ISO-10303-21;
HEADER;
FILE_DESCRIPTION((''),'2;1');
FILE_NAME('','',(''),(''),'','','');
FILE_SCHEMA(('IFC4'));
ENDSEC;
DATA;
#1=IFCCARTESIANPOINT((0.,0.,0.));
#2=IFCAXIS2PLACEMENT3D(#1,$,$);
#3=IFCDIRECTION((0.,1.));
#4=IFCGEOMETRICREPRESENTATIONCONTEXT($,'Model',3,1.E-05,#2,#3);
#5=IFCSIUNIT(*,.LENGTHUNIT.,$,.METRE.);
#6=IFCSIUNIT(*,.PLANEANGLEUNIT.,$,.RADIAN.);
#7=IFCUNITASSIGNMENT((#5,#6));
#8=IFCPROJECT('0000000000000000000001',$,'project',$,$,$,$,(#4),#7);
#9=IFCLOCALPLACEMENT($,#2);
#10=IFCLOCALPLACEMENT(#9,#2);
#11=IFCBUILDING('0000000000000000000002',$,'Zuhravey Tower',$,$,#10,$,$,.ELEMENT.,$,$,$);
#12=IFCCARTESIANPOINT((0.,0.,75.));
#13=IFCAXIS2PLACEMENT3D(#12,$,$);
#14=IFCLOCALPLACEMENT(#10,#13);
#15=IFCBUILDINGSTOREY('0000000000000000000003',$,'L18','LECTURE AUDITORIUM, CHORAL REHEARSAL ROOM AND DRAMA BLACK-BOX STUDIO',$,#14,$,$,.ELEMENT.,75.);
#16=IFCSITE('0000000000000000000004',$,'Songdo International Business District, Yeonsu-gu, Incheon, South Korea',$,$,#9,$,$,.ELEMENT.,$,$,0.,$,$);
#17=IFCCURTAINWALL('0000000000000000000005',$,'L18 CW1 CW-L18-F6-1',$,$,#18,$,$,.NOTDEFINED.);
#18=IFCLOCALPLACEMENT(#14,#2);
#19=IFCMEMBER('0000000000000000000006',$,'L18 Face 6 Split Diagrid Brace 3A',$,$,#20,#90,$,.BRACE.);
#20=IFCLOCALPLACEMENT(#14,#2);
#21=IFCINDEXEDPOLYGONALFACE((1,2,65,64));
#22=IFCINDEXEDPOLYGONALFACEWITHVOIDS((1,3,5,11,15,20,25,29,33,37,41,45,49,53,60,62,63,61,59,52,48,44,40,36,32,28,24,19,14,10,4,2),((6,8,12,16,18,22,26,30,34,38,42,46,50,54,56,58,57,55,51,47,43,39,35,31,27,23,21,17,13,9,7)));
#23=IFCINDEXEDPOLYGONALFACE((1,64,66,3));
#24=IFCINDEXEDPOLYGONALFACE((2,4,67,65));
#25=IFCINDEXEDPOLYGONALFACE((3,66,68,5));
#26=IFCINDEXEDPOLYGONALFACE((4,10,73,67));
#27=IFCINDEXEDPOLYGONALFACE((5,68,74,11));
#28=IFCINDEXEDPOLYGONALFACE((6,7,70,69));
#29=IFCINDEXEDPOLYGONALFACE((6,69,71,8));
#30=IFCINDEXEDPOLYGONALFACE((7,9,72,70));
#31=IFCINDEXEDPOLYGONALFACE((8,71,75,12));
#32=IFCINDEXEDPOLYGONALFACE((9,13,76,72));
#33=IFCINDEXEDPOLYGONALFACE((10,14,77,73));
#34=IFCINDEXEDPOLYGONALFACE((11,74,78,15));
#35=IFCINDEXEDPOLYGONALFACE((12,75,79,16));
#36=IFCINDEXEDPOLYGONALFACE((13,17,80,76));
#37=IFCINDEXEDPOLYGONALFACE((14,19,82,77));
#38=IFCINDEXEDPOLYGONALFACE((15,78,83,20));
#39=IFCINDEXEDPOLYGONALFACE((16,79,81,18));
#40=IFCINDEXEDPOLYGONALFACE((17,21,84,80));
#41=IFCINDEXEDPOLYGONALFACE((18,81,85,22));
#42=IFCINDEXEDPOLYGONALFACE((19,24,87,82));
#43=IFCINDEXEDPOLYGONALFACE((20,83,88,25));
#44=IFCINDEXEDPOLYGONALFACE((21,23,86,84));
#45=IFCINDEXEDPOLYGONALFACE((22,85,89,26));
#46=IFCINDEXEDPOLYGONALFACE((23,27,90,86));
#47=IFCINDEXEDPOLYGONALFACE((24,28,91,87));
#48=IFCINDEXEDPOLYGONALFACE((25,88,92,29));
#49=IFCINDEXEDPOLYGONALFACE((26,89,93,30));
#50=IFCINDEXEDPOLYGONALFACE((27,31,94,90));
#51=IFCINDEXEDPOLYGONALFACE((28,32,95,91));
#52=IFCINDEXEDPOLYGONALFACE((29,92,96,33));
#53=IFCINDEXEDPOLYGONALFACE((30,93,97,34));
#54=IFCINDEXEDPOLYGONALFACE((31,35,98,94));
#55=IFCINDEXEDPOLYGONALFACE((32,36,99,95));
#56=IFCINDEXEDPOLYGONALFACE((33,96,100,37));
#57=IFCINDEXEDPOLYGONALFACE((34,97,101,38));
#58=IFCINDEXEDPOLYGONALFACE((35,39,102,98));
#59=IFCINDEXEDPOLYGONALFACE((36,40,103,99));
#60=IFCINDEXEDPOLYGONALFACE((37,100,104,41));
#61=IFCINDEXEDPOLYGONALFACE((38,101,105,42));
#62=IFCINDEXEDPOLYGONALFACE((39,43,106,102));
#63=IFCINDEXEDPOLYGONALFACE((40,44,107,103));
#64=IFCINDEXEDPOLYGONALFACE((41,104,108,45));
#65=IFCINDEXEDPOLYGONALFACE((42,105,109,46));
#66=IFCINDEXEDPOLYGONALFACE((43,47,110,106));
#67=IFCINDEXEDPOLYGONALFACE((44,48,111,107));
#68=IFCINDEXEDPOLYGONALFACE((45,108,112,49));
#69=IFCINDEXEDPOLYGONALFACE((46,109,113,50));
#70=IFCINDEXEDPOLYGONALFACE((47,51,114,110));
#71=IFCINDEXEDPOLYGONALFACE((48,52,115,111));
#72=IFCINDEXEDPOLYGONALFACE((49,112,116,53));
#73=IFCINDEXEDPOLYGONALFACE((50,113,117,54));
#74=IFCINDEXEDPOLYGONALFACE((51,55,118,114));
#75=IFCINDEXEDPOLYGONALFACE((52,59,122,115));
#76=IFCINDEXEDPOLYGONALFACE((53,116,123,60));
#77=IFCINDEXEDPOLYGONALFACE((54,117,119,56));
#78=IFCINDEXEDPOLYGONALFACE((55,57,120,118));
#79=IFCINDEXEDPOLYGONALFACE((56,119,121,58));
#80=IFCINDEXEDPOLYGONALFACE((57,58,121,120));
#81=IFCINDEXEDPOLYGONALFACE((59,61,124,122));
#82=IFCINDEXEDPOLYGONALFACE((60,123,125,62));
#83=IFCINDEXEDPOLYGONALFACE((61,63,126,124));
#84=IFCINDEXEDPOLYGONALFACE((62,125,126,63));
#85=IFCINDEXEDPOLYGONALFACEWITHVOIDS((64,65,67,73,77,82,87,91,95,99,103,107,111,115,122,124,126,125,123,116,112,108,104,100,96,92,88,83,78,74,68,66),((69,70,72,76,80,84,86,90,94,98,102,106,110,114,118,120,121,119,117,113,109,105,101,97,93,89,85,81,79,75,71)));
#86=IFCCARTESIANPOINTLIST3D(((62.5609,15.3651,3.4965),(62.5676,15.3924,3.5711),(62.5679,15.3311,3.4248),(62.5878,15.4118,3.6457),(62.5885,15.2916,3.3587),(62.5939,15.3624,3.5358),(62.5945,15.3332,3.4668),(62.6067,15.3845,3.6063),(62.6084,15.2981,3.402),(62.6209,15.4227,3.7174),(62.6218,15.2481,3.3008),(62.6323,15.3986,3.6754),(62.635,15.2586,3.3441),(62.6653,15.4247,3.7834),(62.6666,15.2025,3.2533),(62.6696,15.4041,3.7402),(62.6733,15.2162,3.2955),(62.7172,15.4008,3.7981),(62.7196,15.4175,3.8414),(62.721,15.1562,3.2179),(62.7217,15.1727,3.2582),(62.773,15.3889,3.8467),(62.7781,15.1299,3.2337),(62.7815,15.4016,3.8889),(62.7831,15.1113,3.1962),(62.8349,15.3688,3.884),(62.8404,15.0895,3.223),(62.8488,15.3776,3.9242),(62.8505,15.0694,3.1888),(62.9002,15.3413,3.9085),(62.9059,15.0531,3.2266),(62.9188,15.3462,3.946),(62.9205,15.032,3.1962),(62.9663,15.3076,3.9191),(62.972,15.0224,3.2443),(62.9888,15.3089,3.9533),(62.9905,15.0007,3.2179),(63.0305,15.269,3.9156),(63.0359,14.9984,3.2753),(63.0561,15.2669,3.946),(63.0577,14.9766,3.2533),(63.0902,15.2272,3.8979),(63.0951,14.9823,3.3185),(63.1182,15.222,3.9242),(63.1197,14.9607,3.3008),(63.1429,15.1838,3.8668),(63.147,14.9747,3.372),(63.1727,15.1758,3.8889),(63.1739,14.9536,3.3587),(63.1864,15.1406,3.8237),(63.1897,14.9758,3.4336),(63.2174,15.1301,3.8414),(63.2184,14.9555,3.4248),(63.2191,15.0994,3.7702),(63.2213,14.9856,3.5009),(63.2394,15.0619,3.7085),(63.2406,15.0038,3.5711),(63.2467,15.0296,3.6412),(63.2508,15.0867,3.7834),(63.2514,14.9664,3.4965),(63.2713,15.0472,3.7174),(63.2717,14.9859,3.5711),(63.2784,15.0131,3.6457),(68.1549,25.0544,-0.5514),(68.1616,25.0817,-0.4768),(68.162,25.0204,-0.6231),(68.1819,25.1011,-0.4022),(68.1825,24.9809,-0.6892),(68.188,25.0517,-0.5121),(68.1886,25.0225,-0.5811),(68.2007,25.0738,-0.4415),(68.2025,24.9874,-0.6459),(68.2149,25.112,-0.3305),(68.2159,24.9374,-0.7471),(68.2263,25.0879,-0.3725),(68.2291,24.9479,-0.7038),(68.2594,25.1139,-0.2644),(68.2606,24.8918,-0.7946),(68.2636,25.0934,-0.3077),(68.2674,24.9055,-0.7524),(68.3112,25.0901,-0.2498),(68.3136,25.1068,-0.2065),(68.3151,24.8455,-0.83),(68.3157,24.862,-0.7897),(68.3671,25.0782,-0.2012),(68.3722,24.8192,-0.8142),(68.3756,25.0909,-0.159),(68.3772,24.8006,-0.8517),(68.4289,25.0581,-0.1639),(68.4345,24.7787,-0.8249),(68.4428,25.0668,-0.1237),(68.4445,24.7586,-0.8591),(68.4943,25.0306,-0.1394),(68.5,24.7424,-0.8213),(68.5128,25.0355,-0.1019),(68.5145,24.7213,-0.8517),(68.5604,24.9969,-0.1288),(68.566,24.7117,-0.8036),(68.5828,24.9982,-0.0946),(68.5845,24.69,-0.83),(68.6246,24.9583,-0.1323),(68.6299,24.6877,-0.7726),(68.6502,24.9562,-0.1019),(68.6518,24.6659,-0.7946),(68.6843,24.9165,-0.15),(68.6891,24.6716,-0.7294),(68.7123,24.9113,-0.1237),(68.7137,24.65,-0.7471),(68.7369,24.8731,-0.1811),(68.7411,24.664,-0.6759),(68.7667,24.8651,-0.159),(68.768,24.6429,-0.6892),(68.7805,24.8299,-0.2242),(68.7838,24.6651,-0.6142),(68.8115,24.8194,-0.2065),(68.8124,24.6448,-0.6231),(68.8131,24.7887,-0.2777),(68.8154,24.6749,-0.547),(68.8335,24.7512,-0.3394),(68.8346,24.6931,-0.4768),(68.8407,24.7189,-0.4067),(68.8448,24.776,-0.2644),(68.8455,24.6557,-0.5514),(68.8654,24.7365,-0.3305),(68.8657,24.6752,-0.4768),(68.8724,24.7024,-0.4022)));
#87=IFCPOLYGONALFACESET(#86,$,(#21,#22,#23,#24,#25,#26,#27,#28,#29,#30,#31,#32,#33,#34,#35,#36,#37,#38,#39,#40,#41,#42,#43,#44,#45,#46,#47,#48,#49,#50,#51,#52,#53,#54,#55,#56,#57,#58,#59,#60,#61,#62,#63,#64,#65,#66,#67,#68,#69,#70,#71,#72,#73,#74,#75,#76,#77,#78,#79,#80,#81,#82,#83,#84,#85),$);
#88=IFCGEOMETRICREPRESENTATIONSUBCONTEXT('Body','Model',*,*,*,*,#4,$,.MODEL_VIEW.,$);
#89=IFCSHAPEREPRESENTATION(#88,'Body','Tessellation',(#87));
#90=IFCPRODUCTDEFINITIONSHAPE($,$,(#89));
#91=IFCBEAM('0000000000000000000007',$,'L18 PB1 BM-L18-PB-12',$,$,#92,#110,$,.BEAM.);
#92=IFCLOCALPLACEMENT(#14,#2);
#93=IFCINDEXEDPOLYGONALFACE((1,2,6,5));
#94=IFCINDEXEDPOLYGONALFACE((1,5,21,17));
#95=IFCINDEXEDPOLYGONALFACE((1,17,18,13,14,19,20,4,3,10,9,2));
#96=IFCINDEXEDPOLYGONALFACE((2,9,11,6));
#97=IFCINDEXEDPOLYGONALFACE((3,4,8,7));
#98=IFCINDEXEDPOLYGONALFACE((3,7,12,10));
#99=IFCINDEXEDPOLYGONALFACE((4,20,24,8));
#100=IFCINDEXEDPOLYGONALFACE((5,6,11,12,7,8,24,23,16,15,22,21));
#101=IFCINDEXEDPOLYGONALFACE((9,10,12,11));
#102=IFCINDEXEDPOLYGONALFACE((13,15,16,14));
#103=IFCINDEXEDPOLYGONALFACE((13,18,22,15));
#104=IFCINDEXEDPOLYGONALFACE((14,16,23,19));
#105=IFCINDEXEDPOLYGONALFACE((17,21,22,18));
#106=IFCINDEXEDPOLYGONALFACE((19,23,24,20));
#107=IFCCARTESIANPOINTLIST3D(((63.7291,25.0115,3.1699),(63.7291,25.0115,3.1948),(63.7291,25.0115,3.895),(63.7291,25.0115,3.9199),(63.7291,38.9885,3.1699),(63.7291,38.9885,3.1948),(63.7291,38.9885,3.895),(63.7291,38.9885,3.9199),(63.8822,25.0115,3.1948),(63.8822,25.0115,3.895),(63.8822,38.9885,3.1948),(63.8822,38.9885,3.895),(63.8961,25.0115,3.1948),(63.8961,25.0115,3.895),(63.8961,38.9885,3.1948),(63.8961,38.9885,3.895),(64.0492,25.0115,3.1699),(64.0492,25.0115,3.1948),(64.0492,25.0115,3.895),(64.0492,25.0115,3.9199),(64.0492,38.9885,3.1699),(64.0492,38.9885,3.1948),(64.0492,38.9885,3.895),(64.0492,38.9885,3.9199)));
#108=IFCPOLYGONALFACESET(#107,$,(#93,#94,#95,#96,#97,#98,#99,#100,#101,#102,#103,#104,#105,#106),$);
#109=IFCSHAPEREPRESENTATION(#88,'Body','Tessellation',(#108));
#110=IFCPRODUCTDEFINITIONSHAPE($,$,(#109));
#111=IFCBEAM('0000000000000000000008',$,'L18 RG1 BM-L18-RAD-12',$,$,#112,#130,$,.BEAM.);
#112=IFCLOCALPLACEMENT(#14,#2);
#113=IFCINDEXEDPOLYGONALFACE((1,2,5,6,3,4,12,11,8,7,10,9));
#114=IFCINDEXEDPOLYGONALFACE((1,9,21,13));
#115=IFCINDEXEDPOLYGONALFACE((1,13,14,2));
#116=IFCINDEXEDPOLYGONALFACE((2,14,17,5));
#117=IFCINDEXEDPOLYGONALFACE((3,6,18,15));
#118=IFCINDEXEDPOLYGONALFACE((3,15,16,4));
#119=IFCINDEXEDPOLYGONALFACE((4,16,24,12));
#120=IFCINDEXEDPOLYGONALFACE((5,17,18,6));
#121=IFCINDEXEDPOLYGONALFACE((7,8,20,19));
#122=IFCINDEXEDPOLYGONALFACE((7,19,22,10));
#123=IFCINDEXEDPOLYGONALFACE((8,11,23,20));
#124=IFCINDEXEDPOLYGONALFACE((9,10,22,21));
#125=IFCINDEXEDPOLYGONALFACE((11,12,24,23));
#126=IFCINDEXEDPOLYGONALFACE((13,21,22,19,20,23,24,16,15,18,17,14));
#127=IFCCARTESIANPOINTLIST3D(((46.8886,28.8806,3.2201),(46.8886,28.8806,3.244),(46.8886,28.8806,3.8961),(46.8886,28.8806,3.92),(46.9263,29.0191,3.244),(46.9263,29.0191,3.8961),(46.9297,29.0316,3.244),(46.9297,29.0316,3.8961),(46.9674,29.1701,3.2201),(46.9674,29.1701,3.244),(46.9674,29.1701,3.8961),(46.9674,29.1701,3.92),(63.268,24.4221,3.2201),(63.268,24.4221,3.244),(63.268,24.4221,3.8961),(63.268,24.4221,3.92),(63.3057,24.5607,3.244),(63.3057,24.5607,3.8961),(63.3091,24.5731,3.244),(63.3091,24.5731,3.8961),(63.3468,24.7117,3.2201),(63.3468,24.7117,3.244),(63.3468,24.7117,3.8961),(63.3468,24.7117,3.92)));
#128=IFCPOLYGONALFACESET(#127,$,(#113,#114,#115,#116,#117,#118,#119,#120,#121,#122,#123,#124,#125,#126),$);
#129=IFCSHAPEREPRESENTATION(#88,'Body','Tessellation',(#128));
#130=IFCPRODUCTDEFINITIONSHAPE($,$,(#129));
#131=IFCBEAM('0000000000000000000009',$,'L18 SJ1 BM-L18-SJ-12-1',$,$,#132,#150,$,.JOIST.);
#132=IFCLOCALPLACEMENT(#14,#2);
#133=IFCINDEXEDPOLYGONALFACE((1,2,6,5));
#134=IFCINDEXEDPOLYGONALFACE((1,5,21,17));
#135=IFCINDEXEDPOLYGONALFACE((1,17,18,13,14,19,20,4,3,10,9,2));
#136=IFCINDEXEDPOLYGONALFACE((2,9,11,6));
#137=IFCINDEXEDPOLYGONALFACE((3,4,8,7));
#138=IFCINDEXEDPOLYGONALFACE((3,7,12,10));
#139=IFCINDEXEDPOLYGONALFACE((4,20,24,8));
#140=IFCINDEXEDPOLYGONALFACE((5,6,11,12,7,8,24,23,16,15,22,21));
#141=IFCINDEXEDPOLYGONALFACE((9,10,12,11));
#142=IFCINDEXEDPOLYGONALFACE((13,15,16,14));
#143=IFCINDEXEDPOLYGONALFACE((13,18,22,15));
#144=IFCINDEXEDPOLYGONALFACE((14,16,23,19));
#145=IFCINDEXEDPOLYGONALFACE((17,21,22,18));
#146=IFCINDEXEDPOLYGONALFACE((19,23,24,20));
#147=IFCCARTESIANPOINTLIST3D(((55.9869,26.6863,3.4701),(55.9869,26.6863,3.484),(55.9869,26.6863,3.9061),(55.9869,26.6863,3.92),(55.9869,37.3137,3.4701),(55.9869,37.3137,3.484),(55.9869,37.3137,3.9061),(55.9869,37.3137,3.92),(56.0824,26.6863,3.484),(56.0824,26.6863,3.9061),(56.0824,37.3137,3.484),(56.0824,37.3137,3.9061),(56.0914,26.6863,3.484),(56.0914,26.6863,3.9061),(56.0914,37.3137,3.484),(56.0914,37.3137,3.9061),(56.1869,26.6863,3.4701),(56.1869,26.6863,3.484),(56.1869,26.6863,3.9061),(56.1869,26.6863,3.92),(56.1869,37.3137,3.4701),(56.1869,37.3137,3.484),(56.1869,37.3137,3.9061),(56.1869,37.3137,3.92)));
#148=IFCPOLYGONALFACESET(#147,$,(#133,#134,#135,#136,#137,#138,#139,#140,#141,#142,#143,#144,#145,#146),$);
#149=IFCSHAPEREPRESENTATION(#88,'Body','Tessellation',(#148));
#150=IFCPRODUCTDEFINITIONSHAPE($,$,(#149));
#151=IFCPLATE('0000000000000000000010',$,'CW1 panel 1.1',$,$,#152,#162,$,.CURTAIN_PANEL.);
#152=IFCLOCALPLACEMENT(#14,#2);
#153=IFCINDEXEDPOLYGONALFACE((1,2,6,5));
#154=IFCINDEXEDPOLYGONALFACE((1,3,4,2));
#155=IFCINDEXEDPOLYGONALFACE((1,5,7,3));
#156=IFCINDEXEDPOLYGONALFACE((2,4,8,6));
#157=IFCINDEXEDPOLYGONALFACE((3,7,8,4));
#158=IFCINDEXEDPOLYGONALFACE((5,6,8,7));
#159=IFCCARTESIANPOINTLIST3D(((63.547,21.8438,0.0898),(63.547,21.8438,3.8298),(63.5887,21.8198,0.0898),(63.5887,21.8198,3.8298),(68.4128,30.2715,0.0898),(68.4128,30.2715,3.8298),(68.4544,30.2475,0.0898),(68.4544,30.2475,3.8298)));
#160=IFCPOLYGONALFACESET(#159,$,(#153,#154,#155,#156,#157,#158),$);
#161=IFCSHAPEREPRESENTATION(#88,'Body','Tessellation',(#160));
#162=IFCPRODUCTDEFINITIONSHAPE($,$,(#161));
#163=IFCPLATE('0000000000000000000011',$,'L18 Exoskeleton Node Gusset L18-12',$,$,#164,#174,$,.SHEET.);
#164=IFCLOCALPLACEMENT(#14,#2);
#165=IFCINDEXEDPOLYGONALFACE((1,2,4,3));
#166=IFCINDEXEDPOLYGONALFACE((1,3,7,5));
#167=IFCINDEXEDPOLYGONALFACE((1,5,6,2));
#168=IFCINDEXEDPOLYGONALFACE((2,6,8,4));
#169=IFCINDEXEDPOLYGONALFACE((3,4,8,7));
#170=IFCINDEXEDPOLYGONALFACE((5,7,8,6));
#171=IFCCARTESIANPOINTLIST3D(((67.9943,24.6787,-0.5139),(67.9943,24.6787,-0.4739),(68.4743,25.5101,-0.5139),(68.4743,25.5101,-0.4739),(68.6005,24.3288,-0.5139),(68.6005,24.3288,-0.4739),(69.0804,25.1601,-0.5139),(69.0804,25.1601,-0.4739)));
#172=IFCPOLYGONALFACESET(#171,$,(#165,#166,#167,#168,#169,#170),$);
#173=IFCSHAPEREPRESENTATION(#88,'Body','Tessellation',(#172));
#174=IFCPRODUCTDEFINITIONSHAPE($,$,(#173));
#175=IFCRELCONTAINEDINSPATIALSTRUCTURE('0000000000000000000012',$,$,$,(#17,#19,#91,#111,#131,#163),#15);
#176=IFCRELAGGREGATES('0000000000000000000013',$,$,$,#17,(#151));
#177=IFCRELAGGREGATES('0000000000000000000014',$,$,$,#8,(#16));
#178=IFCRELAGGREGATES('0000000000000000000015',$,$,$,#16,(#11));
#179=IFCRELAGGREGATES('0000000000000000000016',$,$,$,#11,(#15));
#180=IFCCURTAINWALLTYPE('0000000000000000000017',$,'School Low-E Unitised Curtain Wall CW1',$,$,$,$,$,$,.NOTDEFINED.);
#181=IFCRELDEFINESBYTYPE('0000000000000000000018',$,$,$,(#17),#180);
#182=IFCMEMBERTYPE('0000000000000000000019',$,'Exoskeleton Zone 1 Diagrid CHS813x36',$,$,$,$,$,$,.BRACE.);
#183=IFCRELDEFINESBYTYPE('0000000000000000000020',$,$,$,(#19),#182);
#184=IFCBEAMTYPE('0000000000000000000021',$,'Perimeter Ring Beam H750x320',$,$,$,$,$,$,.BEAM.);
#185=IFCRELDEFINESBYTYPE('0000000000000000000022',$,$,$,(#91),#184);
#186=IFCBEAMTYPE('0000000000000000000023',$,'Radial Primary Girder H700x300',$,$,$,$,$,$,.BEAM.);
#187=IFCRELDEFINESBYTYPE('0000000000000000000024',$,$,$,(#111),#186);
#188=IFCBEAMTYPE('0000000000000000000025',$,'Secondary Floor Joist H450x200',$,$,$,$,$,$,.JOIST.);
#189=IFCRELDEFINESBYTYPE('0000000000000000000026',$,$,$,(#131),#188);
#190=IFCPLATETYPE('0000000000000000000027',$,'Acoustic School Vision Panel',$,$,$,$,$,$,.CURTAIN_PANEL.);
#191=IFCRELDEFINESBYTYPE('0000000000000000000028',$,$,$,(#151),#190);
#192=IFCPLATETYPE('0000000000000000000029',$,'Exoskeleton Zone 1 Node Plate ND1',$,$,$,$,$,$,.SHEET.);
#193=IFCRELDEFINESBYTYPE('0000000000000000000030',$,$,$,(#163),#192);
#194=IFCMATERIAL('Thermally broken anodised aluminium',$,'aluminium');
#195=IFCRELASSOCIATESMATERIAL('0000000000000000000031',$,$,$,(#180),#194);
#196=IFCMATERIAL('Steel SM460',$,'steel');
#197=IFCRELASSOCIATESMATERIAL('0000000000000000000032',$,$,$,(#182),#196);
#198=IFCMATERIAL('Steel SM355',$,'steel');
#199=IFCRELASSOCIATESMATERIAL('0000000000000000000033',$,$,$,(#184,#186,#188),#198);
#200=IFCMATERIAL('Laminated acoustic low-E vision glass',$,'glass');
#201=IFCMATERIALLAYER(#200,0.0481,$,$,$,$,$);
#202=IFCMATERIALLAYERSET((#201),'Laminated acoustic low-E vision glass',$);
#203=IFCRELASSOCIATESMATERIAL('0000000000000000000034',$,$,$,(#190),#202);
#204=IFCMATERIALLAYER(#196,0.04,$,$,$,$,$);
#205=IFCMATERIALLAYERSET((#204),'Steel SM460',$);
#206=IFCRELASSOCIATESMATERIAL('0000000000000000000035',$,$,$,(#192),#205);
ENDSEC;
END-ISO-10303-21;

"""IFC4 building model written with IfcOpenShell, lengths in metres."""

from ifc_helpers import new_model, si_unit, direction, frame, origin, origin_2d, place, context, subcontext, project, spatial, rectangle, hollow_circle, i_section, extrude, material, layer, layer_set, material_profile, profile_set, type_object, element, aggregate, save


model = new_model("IFC4")

# Units and contexts
model_context = context("Model", 3, precision=1e-05, world=origin(), true_north=direction((0.0, 1.0)))
body_context = subcontext(model_context, "Body", "Model", "MODEL_VIEW")
ifc_project = project(units=[si_unit("LENGTHUNIT", "METRE"), si_unit("PLANEANGLEUNIT", "RADIAN")], contexts=[model_context])

# Site, building, storey
site_placement = place(None, origin())
site = spatial("IfcSite", under=ifc_project, at=site_placement, Name="Songdo International Business District, Yeonsu-gu, Incheon, South Korea", CompositionType="ELEMENT", RefElevation=0.0)
building_placement = place(site_placement, origin())
building = spatial("IfcBuilding", under=site, at=building_placement, Name="Zuhravey Tower", CompositionType="ELEMENT")
storey_placement = place(building_placement, frame((0.0, 0.0, 75.0)))
storey = spatial("IfcBuildingStorey", under=building, at=storey_placement, Name="L18", Description="LECTURE AUDITORIUM, CHORAL REHEARSAL ROOM AND DRAMA BLACK-BOX STUDIO", CompositionType="ELEMENT", Elevation=75.0)

# Curtain wall
ifc_material_1 = material(Name="Thermally broken anodised aluminium", Category="aluminium")
curtain_wall_type = type_object("IfcCurtainWallType", Name="School Low-E Unitised Curtain Wall CW1", PredefinedType="NOTDEFINED", material=ifc_material_1)
curtain_wall_placement = place(storey_placement, origin())
curtain_wall = element("IfcCurtainWall", 1, at=curtain_wall_placement, inside=storey, type_object=curtain_wall_type, Name="L18 CW1 CW-L18-F6-1", PredefinedType="NOTDEFINED")

# Member
ifc_material_2 = material(Name="Steel SM460", Category="steel")
ifc_material_profile_1 = material_profile(ifc_material_2, hollow_circle(Radius=0.4065, WallThickness=0.0359, at=origin_2d()), Name="CHS-812.8x36")
ifc_profile_set_1 = profile_set([ifc_material_profile_1], Name="Steel SM460")
member_type_1 = type_object("IfcMemberType", Name="Exoskeleton Zone 1 Diagrid CHS813x36", PredefinedType="BRACE", material=ifc_profile_set_1)
member_1_placement = place(storey_placement, frame((68.5137, 24.8784, -0.4768), z_axis=(-0.470169, -0.814367, 0.340217), x_axis=(0.866028, -0.499995, 0.0)))
element("IfcMember", 2, at=member_1_placement, inside=storey, type_object=member_type_1, Name="L18 Face 6 Split Diagrid Brace 3A", PredefinedType="BRACE", context=body_context, shape_type="SweptSolid", body=[
    extrude(hollow_circle(Radius=0.4065, WallThickness=0.0359, at=origin_2d()), origin(), (0.0, 0.0, 1.0), 11.8979),
])

# Beams
ifc_material_3 = material(Name="Steel SM355", Category="steel")
ifc_material_profile_2 = material_profile(ifc_material_3, i_section(OverallWidth=0.3201, OverallDepth=0.75, WebThickness=0.0139, FlangeThickness=0.0249, at=origin_2d()), Name="H-750x320x14x25")
ifc_profile_set_2 = profile_set([ifc_material_profile_2], Name="Steel SM355")
beam_type_1 = type_object("IfcBeamType", Name="Perimeter Ring Beam H750x320", PredefinedType="BEAM", material=ifc_profile_set_2)
beam_1_placement = place(storey_placement, frame((63.8892, 25.0115, 3.5449), z_axis=(0.0, 1.0, 0.0), x_axis=(-1.0, 0.0, 0.0)))
element("IfcBeam", 3, at=beam_1_placement, inside=storey, type_object=beam_type_1, Name="L18 PB1 BM-L18-PB-12", PredefinedType="BEAM", context=body_context, shape_type="SweptSolid", body=[
    extrude(i_section(OverallWidth=0.3201, OverallDepth=0.75, WebThickness=0.0139, FlangeThickness=0.0249, at=origin_2d()), origin(), (0.0, 0.0, 1.0), 13.9771),
])
ifc_material_profile_3 = material_profile(ifc_material_3, i_section(OverallWidth=0.3, OverallDepth=0.7, WebThickness=0.0129, FlangeThickness=0.0239, at=origin_2d()), Name="H-700x300x13x24")
ifc_profile_set_3 = profile_set([ifc_material_profile_3], Name="Steel SM355")
beam_type_2 = type_object("IfcBeamType", Name="Radial Primary Girder H700x300", PredefinedType="BEAM", material=ifc_profile_set_3)
beam_2_placement = place(storey_placement, frame((46.928, 29.0254, 3.5701), z_axis=(0.964892, -0.262645, 0.0), x_axis=(0.262645, 0.964892, 0.0)))
element("IfcBeam", 4, at=beam_2_placement, inside=storey, type_object=beam_type_2, Name="L18 RG1 BM-L18-RAD-12", PredefinedType="BEAM", context=body_context, shape_type="SweptSolid", body=[
    extrude(i_section(OverallWidth=0.3, OverallDepth=0.7, WebThickness=0.0129, FlangeThickness=0.0239, at=origin_2d()), origin(), (0.0, 0.0, 1.0), 16.9753),
])
ifc_material_profile_4 = material_profile(ifc_material_3, i_section(OverallWidth=0.2, OverallDepth=0.45, WebThickness=0.009, FlangeThickness=0.0139, at=origin_2d()), Name="H-450x200x9x14")
ifc_profile_set_4 = profile_set([ifc_material_profile_4], Name="Steel SM355")
beam_type_3 = type_object("IfcBeamType", Name="Secondary Floor Joist H450x200", PredefinedType="JOIST", material=ifc_profile_set_4)
beam_3_placement = place(storey_placement, frame((56.0869, 26.6863, 3.6951), z_axis=(0.0, 1.0, 0.0), x_axis=(-1.0, 0.0, 0.0)))
element("IfcBeam", 5, at=beam_3_placement, inside=storey, type_object=beam_type_3, Name="L18 SJ1 BM-L18-SJ-12-1", PredefinedType="JOIST", context=body_context, shape_type="SweptSolid", body=[
    extrude(i_section(OverallWidth=0.2, OverallDepth=0.45, WebThickness=0.009, FlangeThickness=0.0139, at=origin_2d()), origin(), (0.0, 0.0, 1.0), 10.6274),
])

# Plates
ifc_material_4 = material(Name="Laminated acoustic low-E vision glass", Category="glass")
ifc_layer_1 = layer(ifc_material_4, 0.0481)
ifc_layer_set_1 = layer_set([ifc_layer_1], Name="Laminated acoustic low-E vision glass")
plate_type_1 = type_object("IfcPlateType", Name="Acoustic School Vision Panel", PredefinedType="CURTAIN_PANEL", material=ifc_layer_set_1)
plate_1_placement = place(storey_placement, frame((66.0007, 26.0457, 0.0898), z_axis=(0.0, 0.0, 1.0), x_axis=(-0.5, -0.866026, 0.0)))
plate_1 = element("IfcPlate", 6, at=plate_1_placement, type_object=plate_type_1, Name="CW1 panel 1.1", PredefinedType="CURTAIN_PANEL", context=body_context, shape_type="SweptSolid", body=[
    extrude(rectangle(XDim=9.7314, YDim=0.0481, at=origin_2d()), origin(), (0.0, 0.0, 1.0), 3.74),
])
aggregate(curtain_wall, [plate_1])
ifc_layer_2 = layer(ifc_material_2, 0.04)
ifc_layer_set_2 = layer_set([ifc_layer_2], Name="Steel SM460")
plate_type_2 = type_object("IfcPlateType", Name="Exoskeleton Zone 1 Node Plate ND1", PredefinedType="SHEET", material=ifc_layer_set_2)
plate_2_placement = place(storey_placement, frame((68.5374, 24.9194, -0.5139), z_axis=(0.0, 0.0, 1.0), x_axis=(0.5, 0.866025, 0.0)))
element("IfcPlate", 7, at=plate_2_placement, inside=storey, type_object=plate_type_2, Name="L18 Exoskeleton Node Gusset L18-12", PredefinedType="SHEET", context=body_context, shape_type="SweptSolid", body=[
    extrude(rectangle(XDim=0.96, YDim=0.7, at=origin_2d()), origin(), (0.0, 0.0, 1.0), 0.04),
])

save(model, "model.ifc")
